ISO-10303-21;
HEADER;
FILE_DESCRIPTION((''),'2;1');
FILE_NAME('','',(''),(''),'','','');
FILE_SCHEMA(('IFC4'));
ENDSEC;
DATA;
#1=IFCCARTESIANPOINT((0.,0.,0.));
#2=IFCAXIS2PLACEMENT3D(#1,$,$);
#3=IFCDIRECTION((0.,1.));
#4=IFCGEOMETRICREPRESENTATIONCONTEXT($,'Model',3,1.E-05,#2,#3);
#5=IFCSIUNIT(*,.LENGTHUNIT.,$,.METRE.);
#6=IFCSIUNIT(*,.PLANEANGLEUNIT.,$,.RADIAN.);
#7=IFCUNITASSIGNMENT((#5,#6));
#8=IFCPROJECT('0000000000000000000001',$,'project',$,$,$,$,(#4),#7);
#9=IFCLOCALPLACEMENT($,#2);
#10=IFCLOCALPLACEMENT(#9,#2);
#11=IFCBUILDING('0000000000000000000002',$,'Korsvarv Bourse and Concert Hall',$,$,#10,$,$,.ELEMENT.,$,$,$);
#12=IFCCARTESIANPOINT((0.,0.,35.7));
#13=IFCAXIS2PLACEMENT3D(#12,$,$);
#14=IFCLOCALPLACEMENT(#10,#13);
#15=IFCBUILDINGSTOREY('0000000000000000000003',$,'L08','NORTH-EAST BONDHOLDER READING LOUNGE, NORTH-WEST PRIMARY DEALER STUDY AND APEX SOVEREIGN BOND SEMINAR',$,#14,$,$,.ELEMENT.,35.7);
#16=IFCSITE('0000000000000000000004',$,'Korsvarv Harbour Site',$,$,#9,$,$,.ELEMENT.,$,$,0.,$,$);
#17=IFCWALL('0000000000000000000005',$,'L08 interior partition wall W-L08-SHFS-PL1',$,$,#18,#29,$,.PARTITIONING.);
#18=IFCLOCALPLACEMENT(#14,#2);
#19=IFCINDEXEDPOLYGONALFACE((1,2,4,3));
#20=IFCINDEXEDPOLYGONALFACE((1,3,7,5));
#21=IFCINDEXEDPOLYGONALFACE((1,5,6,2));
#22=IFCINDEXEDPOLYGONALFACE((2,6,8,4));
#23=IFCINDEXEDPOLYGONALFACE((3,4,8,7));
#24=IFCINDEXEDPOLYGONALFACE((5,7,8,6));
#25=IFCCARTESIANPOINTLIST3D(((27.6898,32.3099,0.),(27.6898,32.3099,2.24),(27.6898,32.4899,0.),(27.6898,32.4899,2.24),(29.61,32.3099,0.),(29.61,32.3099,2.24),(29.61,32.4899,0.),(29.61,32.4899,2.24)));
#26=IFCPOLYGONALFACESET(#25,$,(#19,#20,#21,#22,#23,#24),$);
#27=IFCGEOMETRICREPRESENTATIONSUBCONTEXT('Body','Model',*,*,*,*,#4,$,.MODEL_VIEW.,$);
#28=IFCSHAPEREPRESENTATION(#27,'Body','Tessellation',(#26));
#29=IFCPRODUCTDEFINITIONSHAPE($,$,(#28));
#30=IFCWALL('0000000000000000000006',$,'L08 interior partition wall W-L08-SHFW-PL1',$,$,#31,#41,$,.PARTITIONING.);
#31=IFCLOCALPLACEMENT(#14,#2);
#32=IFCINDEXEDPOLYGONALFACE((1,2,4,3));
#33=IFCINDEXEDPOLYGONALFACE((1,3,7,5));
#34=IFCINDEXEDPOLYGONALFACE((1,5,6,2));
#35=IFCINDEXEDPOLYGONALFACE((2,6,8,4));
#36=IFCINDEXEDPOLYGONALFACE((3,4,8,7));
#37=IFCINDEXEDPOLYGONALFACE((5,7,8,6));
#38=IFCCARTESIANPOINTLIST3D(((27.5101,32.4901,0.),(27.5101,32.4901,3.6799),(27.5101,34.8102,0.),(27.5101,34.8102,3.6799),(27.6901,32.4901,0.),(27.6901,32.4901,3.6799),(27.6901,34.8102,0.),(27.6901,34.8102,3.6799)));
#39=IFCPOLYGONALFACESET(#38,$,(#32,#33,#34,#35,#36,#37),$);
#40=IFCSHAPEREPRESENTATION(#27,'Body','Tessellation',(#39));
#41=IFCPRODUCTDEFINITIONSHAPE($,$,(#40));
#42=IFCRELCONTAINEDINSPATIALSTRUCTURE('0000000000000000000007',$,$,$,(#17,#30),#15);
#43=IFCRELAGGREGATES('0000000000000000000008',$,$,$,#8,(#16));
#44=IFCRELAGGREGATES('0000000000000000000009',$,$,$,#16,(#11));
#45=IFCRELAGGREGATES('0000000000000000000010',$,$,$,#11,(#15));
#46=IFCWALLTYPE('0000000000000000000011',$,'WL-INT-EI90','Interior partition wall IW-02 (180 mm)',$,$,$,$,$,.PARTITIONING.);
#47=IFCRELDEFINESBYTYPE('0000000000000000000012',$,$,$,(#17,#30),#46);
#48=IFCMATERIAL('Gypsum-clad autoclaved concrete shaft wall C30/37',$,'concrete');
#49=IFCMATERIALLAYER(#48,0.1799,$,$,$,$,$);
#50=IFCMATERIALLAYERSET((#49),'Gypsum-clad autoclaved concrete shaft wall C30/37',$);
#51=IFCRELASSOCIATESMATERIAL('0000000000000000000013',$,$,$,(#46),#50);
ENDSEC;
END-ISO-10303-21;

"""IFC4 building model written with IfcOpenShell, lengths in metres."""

from ifc_helpers import new_model, si_unit, direction, frame, frame_2d, origin, place, context, subcontext, project, spatial, rectangle, extrude, material, layer, layer_set, type_object, element, save


model = new_model("IFC4")

# Units and contexts
model_context = context("Model", 3, precision=1e-05, world=origin(), true_north=direction((0.0, 1.0)))
body_context = subcontext(model_context, "Body", "Model", "MODEL_VIEW")
ifc_project = project(units=[si_unit("LENGTHUNIT", "METRE"), si_unit("PLANEANGLEUNIT", "RADIAN")], contexts=[model_context])

# Site, building, storey
site_placement = place(None, origin())
site = spatial("IfcSite", under=ifc_project, at=site_placement, Name="Korsvarv Harbour Site", CompositionType="ELEMENT", RefElevation=0.0)
building_placement = place(site_placement, origin())
building = spatial("IfcBuilding", under=site, at=building_placement, Name="Korsvarv Bourse and Concert Hall", CompositionType="ELEMENT")
storey_placement = place(building_placement, frame((0.0, 0.0, 35.7)))
storey = spatial("IfcBuildingStorey", under=building, at=storey_placement, Name="L08", Description="NORTH-EAST BONDHOLDER READING LOUNGE, NORTH-WEST PRIMARY DEALER STUDY AND APEX SOVEREIGN BOND SEMINAR", CompositionType="ELEMENT", Elevation=35.7)

# Shared definitions
ifc_material_1 = material(Name="Gypsum-clad autoclaved concrete shaft wall C30/37", Category="concrete")
ifc_layer_1 = layer(ifc_material_1, 0.1799)
ifc_layer_set_1 = layer_set([ifc_layer_1], Name="Gypsum-clad autoclaved concrete shaft wall C30/37")
wall_type_1 = type_object("IfcWallType", Name="WL-INT-EI90", Description="Interior partition wall IW-02 (180 mm)", PredefinedType="PARTITIONING", material=ifc_layer_set_1)

# Walls
wall_1_placement = place(storey_placement, frame((27.6899, 32.3999, 0.0), z_axis=(0.0, 0.0, 1.0), x_axis=(1.0, 0.0, 0.0)))
element("IfcWall", 1, at=wall_1_placement, inside=storey, type_object=wall_type_1, Name="L08 interior partition wall W-L08-SHFS-PL1", PredefinedType="PARTITIONING", context=body_context, shape_type="SweptSolid", body=[
    extrude(rectangle(XDim=1.9202, YDim=0.1799, at=frame_2d((0.96, 0.0))), origin(), (0.0, 0.0, 1.0), 2.24),
])
wall_2_placement = place(storey_placement, frame((27.6001, 32.49, 0.0), z_axis=(0.0, 0.0, 1.0), x_axis=(0.0, 1.0, 0.0)))
element("IfcWall", 2, at=wall_2_placement, inside=storey, type_object=wall_type_1, Name="L08 interior partition wall W-L08-SHFW-PL1", PredefinedType="PARTITIONING", context=body_context, shape_type="SweptSolid", body=[
    extrude(rectangle(XDim=2.3201, YDim=0.1799, at=frame_2d((1.1602, 0.0))), origin(), (0.0, 0.0, 1.0), 3.6799),
])

save(model, "model.ifc")
